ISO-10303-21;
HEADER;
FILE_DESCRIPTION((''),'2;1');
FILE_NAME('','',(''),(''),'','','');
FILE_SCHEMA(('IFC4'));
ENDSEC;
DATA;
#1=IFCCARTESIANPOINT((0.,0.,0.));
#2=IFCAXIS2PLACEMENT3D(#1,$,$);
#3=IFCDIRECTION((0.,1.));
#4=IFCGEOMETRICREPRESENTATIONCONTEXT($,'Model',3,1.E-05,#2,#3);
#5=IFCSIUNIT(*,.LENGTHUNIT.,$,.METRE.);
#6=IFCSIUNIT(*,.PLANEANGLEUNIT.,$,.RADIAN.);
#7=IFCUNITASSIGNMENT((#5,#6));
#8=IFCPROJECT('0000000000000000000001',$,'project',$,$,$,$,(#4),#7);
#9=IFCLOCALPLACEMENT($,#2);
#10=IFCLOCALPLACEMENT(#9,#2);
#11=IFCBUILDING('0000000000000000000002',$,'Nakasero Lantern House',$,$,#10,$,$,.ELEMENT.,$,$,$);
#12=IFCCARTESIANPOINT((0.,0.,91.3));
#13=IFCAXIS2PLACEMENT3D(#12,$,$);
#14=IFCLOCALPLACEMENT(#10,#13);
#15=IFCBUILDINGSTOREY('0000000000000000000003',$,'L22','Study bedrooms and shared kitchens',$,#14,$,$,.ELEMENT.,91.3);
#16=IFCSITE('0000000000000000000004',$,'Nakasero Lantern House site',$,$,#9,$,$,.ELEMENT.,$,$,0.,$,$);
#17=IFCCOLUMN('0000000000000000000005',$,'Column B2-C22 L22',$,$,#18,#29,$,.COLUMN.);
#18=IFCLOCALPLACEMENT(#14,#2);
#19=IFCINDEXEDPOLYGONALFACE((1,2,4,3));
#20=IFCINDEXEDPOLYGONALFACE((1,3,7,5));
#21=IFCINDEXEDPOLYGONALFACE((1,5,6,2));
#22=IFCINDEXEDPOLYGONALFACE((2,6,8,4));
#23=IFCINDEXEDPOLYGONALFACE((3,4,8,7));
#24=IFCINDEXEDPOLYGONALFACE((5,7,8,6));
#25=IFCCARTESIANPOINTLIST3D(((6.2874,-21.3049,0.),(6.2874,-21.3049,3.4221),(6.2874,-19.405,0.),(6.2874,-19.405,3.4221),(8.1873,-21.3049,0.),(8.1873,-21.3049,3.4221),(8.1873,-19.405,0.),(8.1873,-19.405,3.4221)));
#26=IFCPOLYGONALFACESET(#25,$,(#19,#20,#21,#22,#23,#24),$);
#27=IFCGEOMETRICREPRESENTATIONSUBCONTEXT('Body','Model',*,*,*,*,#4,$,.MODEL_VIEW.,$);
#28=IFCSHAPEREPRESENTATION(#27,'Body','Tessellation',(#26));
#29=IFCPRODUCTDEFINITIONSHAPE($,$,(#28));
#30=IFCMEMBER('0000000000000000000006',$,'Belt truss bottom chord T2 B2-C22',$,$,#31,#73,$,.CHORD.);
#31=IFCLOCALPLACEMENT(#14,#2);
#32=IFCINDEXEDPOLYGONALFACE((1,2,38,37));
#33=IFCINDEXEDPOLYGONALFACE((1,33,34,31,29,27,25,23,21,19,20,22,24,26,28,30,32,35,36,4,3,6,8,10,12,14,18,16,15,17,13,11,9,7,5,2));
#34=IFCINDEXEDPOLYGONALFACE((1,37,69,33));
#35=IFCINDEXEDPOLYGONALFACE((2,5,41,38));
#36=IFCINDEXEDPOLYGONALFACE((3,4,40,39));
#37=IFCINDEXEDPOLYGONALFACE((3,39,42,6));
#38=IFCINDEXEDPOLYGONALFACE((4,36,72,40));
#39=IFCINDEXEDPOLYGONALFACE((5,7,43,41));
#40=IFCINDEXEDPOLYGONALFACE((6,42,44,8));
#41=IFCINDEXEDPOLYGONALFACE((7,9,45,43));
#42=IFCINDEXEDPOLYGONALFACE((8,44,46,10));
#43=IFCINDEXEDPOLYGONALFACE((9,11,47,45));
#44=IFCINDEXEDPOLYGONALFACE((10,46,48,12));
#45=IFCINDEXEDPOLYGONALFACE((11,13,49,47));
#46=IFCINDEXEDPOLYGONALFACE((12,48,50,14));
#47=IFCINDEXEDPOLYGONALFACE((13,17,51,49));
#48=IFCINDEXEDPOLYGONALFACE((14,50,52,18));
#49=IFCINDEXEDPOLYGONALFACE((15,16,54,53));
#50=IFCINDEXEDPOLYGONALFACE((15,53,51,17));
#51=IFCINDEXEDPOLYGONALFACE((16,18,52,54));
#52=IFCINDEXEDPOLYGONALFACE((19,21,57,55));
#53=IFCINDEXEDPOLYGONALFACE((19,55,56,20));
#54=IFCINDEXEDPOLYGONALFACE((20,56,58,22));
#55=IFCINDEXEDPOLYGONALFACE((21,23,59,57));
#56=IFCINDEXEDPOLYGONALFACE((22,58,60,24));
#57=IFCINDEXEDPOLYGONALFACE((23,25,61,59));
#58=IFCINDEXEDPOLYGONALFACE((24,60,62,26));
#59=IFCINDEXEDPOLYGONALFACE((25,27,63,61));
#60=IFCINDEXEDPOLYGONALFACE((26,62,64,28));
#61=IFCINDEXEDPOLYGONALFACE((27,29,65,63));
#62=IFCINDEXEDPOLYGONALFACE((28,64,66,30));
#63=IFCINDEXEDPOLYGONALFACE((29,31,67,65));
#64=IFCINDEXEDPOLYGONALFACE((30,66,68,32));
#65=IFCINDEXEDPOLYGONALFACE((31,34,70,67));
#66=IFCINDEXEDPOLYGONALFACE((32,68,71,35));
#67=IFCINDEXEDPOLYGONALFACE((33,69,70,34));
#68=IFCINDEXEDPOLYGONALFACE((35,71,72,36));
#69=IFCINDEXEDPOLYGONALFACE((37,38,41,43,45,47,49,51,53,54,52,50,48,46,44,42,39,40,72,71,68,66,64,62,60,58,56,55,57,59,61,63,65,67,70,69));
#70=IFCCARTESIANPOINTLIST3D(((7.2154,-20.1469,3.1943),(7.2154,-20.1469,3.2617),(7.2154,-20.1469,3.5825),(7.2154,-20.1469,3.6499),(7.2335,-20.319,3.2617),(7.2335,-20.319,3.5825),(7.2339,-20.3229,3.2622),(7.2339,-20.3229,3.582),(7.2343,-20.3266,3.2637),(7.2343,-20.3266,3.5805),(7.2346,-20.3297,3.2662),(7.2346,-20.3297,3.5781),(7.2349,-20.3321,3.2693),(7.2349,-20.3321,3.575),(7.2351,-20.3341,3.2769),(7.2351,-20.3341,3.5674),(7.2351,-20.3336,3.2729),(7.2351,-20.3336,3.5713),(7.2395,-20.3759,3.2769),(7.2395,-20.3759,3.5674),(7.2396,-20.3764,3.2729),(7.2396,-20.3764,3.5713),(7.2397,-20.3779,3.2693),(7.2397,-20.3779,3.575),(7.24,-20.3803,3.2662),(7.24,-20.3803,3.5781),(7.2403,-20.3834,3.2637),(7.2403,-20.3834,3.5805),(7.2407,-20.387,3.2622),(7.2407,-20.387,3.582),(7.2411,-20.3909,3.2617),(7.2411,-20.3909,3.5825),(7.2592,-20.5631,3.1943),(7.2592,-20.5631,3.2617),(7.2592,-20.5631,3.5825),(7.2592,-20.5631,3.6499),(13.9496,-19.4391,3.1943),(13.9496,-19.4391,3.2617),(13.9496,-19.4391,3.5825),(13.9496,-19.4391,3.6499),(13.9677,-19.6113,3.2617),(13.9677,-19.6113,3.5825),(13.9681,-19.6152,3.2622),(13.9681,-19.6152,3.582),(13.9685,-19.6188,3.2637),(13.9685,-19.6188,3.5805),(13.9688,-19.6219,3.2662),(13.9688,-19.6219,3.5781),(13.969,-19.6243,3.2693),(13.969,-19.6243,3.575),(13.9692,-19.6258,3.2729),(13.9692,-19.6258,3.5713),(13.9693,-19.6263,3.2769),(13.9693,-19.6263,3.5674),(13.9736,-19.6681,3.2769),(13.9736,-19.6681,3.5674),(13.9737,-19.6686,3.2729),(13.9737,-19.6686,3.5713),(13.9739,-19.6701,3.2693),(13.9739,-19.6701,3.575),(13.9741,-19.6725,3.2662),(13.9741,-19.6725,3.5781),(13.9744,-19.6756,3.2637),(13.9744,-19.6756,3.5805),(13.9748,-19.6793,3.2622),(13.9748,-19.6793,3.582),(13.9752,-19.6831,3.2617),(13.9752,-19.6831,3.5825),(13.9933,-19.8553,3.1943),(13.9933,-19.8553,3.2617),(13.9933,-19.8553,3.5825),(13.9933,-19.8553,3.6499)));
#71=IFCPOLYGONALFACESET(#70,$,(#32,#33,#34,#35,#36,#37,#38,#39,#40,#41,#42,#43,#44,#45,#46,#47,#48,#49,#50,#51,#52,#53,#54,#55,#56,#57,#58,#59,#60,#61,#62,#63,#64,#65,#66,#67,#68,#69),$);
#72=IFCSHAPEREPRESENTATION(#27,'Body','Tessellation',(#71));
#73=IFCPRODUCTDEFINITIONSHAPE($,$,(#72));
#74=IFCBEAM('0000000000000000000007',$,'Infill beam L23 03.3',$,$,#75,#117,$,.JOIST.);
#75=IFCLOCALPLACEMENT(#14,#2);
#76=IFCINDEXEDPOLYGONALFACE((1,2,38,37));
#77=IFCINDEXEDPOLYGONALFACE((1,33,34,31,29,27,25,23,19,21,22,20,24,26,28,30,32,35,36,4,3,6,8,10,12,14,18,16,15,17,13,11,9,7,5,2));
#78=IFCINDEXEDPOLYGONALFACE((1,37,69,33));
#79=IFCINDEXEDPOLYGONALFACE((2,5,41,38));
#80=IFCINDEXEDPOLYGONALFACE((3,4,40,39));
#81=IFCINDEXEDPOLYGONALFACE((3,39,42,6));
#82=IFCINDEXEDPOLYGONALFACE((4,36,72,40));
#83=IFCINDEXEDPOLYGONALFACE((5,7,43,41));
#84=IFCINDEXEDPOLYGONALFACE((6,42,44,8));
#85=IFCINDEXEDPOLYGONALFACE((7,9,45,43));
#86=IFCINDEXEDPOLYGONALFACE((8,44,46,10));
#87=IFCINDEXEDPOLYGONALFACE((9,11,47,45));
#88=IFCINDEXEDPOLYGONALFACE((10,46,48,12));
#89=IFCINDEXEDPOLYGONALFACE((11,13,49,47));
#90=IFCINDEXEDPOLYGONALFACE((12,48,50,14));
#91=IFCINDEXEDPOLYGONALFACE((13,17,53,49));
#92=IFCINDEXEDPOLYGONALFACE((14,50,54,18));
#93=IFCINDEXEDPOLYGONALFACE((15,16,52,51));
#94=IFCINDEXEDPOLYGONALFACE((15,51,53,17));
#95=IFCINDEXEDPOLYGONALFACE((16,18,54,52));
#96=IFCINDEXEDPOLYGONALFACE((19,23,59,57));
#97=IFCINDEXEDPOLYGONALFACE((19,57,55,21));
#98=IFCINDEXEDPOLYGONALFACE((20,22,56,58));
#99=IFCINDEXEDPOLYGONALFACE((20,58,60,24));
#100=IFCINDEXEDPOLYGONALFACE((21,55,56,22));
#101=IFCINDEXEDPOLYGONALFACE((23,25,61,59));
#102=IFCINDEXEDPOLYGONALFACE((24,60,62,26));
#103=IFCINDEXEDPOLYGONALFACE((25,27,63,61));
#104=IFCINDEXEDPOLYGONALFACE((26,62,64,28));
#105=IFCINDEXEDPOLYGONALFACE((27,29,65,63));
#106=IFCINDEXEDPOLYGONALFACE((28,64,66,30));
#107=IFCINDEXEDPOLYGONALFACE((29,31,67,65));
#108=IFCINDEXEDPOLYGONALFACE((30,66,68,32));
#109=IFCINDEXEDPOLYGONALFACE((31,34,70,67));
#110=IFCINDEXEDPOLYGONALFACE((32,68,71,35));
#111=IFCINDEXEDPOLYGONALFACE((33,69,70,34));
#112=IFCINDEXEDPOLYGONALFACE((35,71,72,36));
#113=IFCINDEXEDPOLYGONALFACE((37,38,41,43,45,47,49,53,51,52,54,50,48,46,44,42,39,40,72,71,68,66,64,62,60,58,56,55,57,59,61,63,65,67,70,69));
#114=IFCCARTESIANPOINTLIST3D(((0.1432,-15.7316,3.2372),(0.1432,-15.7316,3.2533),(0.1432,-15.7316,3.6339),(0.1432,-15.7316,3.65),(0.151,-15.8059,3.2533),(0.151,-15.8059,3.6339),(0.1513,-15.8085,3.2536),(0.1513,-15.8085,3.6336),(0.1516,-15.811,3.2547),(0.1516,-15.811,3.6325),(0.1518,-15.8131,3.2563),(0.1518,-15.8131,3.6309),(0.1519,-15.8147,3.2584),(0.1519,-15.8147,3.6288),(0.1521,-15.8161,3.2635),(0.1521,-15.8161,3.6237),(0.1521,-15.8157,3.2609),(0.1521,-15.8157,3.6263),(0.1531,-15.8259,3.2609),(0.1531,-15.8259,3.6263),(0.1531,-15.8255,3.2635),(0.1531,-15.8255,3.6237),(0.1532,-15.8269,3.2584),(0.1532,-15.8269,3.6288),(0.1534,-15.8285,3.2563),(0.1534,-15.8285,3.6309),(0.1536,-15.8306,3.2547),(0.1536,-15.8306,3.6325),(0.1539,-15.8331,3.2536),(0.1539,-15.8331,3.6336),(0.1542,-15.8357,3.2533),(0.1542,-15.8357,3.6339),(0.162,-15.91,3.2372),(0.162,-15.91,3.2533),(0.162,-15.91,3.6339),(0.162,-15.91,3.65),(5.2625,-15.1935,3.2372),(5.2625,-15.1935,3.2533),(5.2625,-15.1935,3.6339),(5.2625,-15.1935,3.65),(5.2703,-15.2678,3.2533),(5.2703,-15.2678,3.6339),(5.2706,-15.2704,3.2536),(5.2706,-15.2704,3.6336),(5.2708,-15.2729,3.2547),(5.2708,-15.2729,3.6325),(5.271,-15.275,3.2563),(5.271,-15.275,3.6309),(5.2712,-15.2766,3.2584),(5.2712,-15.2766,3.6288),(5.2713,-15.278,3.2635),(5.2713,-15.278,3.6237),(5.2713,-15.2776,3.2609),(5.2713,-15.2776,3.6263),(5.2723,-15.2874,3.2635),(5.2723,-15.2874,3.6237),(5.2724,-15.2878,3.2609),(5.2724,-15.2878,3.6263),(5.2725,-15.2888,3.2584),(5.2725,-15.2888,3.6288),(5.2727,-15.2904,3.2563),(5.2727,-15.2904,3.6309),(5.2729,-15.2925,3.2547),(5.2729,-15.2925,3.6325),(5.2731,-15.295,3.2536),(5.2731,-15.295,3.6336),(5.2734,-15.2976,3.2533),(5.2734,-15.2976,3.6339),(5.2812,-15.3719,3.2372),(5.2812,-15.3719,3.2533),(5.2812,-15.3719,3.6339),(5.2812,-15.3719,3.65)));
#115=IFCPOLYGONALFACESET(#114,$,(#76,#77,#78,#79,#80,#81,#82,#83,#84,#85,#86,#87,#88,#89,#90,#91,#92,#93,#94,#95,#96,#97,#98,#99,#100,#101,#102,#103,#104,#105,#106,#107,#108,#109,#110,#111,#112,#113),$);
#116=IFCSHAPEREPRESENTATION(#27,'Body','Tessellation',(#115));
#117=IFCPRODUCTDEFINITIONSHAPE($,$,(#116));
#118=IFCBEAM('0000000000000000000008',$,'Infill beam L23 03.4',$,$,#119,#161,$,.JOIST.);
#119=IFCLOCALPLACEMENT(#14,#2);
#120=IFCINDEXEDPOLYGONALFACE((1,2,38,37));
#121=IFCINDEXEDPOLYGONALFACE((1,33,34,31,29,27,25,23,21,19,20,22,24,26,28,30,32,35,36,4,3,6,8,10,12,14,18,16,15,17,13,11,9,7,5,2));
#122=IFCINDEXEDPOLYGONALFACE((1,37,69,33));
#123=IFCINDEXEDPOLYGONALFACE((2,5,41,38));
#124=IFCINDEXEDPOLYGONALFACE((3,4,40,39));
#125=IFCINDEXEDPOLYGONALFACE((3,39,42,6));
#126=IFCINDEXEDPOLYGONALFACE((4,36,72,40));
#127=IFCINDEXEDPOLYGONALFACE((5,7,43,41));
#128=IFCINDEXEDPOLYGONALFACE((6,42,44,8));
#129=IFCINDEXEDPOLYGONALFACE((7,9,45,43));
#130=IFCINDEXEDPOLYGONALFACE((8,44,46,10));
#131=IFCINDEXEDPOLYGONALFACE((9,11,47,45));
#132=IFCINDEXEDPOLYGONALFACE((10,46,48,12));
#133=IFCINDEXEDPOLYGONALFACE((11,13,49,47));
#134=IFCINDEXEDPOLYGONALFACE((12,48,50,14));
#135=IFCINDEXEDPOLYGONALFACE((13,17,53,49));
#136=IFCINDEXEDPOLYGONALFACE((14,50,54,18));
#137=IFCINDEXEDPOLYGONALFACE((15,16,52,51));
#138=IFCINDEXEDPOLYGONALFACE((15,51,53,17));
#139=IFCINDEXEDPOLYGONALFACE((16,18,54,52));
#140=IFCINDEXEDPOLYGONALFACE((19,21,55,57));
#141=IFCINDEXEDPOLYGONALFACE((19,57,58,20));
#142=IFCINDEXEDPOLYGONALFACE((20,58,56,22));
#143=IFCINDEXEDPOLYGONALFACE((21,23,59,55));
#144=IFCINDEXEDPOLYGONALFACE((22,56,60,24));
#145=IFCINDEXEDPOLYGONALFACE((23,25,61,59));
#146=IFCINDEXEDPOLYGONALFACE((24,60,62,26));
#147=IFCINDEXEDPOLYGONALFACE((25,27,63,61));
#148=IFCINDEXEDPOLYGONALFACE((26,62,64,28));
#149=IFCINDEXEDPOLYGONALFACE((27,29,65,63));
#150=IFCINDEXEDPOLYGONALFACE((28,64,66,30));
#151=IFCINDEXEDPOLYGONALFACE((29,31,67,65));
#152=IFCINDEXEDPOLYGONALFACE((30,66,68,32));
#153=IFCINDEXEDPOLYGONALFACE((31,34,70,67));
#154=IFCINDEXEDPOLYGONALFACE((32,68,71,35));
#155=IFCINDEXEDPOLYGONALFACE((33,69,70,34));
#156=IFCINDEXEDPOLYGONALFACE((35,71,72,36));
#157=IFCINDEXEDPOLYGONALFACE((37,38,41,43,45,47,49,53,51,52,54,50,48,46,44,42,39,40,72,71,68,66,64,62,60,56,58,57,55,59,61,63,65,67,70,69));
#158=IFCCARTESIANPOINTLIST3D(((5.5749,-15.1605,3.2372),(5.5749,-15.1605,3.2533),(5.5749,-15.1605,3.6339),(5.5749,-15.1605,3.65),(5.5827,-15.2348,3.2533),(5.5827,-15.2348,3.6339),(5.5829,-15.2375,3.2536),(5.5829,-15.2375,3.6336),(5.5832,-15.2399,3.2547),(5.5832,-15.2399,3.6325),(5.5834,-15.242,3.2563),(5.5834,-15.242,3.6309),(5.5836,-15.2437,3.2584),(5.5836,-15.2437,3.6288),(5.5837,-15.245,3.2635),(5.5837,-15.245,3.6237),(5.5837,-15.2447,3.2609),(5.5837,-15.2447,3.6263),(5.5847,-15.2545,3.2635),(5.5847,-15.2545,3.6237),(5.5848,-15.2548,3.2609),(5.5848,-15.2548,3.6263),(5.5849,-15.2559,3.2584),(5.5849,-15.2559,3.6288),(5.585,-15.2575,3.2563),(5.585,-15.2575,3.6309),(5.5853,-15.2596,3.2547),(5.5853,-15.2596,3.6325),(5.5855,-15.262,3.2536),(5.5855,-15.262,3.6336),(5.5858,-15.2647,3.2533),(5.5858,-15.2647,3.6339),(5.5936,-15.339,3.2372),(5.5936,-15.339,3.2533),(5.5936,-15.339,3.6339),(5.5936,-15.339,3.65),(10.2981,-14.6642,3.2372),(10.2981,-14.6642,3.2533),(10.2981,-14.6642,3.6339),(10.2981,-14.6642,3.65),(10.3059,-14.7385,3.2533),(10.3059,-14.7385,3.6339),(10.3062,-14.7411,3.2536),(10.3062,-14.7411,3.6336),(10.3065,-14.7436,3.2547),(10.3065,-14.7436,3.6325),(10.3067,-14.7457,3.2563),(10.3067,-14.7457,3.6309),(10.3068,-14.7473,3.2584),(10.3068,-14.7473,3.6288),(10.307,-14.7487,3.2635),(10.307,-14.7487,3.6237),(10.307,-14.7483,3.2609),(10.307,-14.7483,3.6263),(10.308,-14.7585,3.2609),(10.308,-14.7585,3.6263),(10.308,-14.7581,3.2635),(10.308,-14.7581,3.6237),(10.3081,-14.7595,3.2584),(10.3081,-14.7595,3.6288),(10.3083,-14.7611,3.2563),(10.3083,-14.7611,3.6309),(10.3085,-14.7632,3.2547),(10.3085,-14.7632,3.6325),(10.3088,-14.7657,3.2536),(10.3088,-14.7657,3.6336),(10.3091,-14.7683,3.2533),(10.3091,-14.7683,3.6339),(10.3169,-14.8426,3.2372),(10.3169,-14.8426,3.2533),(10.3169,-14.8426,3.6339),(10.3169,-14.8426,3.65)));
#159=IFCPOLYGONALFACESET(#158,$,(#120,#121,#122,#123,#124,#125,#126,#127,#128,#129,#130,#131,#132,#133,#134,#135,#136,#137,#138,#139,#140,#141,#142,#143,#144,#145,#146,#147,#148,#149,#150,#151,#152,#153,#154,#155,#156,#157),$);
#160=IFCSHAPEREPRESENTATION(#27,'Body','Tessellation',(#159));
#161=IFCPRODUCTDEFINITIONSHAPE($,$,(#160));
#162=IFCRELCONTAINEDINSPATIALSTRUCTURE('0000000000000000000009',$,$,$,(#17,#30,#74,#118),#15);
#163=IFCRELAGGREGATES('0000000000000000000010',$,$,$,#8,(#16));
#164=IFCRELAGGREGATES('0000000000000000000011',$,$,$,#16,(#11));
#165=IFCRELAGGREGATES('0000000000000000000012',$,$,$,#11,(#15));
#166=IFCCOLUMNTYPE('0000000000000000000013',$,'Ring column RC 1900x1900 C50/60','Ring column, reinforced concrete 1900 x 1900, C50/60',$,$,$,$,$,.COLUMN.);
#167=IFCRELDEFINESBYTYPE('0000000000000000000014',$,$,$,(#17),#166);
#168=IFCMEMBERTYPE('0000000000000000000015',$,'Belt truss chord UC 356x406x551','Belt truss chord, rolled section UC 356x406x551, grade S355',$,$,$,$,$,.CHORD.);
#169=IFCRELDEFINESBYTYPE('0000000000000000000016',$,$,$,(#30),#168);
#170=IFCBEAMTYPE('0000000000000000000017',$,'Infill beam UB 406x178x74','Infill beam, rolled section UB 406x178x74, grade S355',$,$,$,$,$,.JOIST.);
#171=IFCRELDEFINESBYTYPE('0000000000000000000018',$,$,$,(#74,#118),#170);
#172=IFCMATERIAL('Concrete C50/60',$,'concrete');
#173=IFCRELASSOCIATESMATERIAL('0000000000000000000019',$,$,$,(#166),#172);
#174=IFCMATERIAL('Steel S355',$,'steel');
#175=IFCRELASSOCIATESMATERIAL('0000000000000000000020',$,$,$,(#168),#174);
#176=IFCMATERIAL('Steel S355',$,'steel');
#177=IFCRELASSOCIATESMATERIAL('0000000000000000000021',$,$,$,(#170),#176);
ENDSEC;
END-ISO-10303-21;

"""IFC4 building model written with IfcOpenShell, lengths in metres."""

from ifc_helpers import new_model, si_unit, direction, frame, origin, origin_2d, place, context, subcontext, project, spatial, rectangle, i_section, extrude, material, material_profile, profile_set, type_object, element, save


model = new_model("IFC4")

# Units and contexts
model_context = context("Model", 3, precision=1e-05, world=origin(), true_north=direction((0.0, 1.0)))
body_context = subcontext(model_context, "Body", "Model", "MODEL_VIEW")
ifc_project = project(units=[si_unit("LENGTHUNIT", "METRE"), si_unit("PLANEANGLEUNIT", "RADIAN")], contexts=[model_context])

# Site, building, storey
site_placement = place(None, origin())
site = spatial("IfcSite", under=ifc_project, at=site_placement, Name="Nakasero Lantern House site", CompositionType="ELEMENT", RefElevation=0.0)
building_placement = place(site_placement, origin())
building = spatial("IfcBuilding", under=site, at=building_placement, Name="Nakasero Lantern House", CompositionType="ELEMENT")
storey_placement = place(building_placement, frame((0.0, 0.0, 91.3)))
storey = spatial("IfcBuildingStorey", under=building, at=storey_placement, Name="L22", Description="Study bedrooms and shared kitchens", CompositionType="ELEMENT", Elevation=91.3)

# Column
ifc_material_1 = material(Name="Concrete C50/60", Category="concrete")
ifc_material_profile_1 = material_profile(ifc_material_1, rectangle(XDim=1.8999, YDim=1.8999, at=origin_2d()), Name="RC 1900x1900")
ifc_profile_set_1 = profile_set([ifc_material_profile_1], Name="Concrete C50/60")
column_type = type_object("IfcColumnType", Name="Ring column RC 1900x1900 C50/60", Description="Ring column, reinforced concrete 1900 x 1900, C50/60", PredefinedType="COLUMN", material=ifc_profile_set_1)
column_placement = place(storey_placement, frame((7.2373, -20.355, 0.0), z_axis=(0.0, 0.0, 1.0), x_axis=(1.0, 0.0, 0.0)))
element("IfcColumn", 1, at=column_placement, inside=storey, type_object=column_type, Name="Column B2-C22 L22", PredefinedType="COLUMN", context=body_context, shape_type="SweptSolid", body=[
    extrude(rectangle(XDim=1.8999, YDim=1.8999, at=origin_2d()), origin(), (0.0, 0.0, 1.0), 3.4221),
])

# Member
ifc_material_2 = material(Name="Steel S355", Category="steel")
ifc_material_profile_2 = material_profile(ifc_material_2, i_section(OverallWidth=0.4185, OverallDepth=0.4556, WebThickness=0.042, FlangeThickness=0.0674, FilletRadius=0.0151, at=origin_2d()), Name="UC 356x406x551")
ifc_profile_set_2 = profile_set([ifc_material_profile_2], Name="Steel S355")
member_type = type_object("IfcMemberType", Name="Belt truss chord UC 356x406x551", Description="Belt truss chord, rolled section UC 356x406x551, grade S355", PredefinedType="CHORD", material=ifc_profile_set_2)
member_placement = place(storey_placement, frame((7.2373, -20.355, 3.4221), z_axis=(0.994522, 0.104525, 0.0), x_axis=(-0.104525, 0.994522, 0.0)))
element("IfcMember", 2, at=member_placement, inside=storey, type_object=member_type, Name="Belt truss bottom chord T2 B2-C22", PredefinedType="CHORD", context=body_context, shape_type="SweptSolid", body=[
    extrude(i_section(OverallWidth=0.4185, OverallDepth=0.4556, WebThickness=0.042, FlangeThickness=0.0674, FilletRadius=0.0151, at=origin_2d()), origin(), (0.0, 0.0, 1.0), 6.7712),
])

# Beams
ifc_material_3 = material(Name="Steel S355", Category="steel")
ifc_material_profile_3 = material_profile(ifc_material_3, i_section(OverallWidth=0.1794, OverallDepth=0.4128, WebThickness=0.0095, FlangeThickness=0.0161, FilletRadius=0.0103, at=origin_2d()), Name="UB 406x178x74")
ifc_profile_set_3 = profile_set([ifc_material_profile_3], Name="Steel S355")
beam_type_1 = type_object("IfcBeamType", Name="Infill beam UB 406x178x74", Description="Infill beam, rolled section UB 406x178x74, grade S355", PredefinedType="JOIST", material=ifc_profile_set_3)
beam_1_placement = place(storey_placement, frame((0.1526, -15.8208, 3.4436), z_axis=(0.994521, 0.104537, 0.0), x_axis=(-0.104537, 0.994521, 0.0)))
element("IfcBeam", 3, at=beam_1_placement, inside=storey, type_object=beam_type_1, Name="Infill beam L23 03.3", PredefinedType="JOIST", context=body_context, shape_type="SweptSolid", body=[
    extrude(i_section(OverallWidth=0.1794, OverallDepth=0.4128, WebThickness=0.0095, FlangeThickness=0.0161, FilletRadius=0.0103, at=origin_2d()), origin(), (0.0, 0.0, 1.0), 5.1475),
])
beam_2_placement = place(storey_placement, frame((5.5842, -15.2498, 3.4436), z_axis=(0.994524, 0.104511, 0.0), x_axis=(-0.104511, 0.994524, 0.0)))
element("IfcBeam", 4, at=beam_2_placement, inside=storey, type_object=beam_type_1, Name="Infill beam L23 03.4", PredefinedType="JOIST", context=body_context, shape_type="SweptSolid", body=[
    extrude(i_section(OverallWidth=0.1794, OverallDepth=0.4128, WebThickness=0.0095, FlangeThickness=0.0161, FilletRadius=0.0103, at=origin_2d()), origin(), (0.0, 0.0, 1.0), 4.7493),
])

save(model, "model.ifc")
